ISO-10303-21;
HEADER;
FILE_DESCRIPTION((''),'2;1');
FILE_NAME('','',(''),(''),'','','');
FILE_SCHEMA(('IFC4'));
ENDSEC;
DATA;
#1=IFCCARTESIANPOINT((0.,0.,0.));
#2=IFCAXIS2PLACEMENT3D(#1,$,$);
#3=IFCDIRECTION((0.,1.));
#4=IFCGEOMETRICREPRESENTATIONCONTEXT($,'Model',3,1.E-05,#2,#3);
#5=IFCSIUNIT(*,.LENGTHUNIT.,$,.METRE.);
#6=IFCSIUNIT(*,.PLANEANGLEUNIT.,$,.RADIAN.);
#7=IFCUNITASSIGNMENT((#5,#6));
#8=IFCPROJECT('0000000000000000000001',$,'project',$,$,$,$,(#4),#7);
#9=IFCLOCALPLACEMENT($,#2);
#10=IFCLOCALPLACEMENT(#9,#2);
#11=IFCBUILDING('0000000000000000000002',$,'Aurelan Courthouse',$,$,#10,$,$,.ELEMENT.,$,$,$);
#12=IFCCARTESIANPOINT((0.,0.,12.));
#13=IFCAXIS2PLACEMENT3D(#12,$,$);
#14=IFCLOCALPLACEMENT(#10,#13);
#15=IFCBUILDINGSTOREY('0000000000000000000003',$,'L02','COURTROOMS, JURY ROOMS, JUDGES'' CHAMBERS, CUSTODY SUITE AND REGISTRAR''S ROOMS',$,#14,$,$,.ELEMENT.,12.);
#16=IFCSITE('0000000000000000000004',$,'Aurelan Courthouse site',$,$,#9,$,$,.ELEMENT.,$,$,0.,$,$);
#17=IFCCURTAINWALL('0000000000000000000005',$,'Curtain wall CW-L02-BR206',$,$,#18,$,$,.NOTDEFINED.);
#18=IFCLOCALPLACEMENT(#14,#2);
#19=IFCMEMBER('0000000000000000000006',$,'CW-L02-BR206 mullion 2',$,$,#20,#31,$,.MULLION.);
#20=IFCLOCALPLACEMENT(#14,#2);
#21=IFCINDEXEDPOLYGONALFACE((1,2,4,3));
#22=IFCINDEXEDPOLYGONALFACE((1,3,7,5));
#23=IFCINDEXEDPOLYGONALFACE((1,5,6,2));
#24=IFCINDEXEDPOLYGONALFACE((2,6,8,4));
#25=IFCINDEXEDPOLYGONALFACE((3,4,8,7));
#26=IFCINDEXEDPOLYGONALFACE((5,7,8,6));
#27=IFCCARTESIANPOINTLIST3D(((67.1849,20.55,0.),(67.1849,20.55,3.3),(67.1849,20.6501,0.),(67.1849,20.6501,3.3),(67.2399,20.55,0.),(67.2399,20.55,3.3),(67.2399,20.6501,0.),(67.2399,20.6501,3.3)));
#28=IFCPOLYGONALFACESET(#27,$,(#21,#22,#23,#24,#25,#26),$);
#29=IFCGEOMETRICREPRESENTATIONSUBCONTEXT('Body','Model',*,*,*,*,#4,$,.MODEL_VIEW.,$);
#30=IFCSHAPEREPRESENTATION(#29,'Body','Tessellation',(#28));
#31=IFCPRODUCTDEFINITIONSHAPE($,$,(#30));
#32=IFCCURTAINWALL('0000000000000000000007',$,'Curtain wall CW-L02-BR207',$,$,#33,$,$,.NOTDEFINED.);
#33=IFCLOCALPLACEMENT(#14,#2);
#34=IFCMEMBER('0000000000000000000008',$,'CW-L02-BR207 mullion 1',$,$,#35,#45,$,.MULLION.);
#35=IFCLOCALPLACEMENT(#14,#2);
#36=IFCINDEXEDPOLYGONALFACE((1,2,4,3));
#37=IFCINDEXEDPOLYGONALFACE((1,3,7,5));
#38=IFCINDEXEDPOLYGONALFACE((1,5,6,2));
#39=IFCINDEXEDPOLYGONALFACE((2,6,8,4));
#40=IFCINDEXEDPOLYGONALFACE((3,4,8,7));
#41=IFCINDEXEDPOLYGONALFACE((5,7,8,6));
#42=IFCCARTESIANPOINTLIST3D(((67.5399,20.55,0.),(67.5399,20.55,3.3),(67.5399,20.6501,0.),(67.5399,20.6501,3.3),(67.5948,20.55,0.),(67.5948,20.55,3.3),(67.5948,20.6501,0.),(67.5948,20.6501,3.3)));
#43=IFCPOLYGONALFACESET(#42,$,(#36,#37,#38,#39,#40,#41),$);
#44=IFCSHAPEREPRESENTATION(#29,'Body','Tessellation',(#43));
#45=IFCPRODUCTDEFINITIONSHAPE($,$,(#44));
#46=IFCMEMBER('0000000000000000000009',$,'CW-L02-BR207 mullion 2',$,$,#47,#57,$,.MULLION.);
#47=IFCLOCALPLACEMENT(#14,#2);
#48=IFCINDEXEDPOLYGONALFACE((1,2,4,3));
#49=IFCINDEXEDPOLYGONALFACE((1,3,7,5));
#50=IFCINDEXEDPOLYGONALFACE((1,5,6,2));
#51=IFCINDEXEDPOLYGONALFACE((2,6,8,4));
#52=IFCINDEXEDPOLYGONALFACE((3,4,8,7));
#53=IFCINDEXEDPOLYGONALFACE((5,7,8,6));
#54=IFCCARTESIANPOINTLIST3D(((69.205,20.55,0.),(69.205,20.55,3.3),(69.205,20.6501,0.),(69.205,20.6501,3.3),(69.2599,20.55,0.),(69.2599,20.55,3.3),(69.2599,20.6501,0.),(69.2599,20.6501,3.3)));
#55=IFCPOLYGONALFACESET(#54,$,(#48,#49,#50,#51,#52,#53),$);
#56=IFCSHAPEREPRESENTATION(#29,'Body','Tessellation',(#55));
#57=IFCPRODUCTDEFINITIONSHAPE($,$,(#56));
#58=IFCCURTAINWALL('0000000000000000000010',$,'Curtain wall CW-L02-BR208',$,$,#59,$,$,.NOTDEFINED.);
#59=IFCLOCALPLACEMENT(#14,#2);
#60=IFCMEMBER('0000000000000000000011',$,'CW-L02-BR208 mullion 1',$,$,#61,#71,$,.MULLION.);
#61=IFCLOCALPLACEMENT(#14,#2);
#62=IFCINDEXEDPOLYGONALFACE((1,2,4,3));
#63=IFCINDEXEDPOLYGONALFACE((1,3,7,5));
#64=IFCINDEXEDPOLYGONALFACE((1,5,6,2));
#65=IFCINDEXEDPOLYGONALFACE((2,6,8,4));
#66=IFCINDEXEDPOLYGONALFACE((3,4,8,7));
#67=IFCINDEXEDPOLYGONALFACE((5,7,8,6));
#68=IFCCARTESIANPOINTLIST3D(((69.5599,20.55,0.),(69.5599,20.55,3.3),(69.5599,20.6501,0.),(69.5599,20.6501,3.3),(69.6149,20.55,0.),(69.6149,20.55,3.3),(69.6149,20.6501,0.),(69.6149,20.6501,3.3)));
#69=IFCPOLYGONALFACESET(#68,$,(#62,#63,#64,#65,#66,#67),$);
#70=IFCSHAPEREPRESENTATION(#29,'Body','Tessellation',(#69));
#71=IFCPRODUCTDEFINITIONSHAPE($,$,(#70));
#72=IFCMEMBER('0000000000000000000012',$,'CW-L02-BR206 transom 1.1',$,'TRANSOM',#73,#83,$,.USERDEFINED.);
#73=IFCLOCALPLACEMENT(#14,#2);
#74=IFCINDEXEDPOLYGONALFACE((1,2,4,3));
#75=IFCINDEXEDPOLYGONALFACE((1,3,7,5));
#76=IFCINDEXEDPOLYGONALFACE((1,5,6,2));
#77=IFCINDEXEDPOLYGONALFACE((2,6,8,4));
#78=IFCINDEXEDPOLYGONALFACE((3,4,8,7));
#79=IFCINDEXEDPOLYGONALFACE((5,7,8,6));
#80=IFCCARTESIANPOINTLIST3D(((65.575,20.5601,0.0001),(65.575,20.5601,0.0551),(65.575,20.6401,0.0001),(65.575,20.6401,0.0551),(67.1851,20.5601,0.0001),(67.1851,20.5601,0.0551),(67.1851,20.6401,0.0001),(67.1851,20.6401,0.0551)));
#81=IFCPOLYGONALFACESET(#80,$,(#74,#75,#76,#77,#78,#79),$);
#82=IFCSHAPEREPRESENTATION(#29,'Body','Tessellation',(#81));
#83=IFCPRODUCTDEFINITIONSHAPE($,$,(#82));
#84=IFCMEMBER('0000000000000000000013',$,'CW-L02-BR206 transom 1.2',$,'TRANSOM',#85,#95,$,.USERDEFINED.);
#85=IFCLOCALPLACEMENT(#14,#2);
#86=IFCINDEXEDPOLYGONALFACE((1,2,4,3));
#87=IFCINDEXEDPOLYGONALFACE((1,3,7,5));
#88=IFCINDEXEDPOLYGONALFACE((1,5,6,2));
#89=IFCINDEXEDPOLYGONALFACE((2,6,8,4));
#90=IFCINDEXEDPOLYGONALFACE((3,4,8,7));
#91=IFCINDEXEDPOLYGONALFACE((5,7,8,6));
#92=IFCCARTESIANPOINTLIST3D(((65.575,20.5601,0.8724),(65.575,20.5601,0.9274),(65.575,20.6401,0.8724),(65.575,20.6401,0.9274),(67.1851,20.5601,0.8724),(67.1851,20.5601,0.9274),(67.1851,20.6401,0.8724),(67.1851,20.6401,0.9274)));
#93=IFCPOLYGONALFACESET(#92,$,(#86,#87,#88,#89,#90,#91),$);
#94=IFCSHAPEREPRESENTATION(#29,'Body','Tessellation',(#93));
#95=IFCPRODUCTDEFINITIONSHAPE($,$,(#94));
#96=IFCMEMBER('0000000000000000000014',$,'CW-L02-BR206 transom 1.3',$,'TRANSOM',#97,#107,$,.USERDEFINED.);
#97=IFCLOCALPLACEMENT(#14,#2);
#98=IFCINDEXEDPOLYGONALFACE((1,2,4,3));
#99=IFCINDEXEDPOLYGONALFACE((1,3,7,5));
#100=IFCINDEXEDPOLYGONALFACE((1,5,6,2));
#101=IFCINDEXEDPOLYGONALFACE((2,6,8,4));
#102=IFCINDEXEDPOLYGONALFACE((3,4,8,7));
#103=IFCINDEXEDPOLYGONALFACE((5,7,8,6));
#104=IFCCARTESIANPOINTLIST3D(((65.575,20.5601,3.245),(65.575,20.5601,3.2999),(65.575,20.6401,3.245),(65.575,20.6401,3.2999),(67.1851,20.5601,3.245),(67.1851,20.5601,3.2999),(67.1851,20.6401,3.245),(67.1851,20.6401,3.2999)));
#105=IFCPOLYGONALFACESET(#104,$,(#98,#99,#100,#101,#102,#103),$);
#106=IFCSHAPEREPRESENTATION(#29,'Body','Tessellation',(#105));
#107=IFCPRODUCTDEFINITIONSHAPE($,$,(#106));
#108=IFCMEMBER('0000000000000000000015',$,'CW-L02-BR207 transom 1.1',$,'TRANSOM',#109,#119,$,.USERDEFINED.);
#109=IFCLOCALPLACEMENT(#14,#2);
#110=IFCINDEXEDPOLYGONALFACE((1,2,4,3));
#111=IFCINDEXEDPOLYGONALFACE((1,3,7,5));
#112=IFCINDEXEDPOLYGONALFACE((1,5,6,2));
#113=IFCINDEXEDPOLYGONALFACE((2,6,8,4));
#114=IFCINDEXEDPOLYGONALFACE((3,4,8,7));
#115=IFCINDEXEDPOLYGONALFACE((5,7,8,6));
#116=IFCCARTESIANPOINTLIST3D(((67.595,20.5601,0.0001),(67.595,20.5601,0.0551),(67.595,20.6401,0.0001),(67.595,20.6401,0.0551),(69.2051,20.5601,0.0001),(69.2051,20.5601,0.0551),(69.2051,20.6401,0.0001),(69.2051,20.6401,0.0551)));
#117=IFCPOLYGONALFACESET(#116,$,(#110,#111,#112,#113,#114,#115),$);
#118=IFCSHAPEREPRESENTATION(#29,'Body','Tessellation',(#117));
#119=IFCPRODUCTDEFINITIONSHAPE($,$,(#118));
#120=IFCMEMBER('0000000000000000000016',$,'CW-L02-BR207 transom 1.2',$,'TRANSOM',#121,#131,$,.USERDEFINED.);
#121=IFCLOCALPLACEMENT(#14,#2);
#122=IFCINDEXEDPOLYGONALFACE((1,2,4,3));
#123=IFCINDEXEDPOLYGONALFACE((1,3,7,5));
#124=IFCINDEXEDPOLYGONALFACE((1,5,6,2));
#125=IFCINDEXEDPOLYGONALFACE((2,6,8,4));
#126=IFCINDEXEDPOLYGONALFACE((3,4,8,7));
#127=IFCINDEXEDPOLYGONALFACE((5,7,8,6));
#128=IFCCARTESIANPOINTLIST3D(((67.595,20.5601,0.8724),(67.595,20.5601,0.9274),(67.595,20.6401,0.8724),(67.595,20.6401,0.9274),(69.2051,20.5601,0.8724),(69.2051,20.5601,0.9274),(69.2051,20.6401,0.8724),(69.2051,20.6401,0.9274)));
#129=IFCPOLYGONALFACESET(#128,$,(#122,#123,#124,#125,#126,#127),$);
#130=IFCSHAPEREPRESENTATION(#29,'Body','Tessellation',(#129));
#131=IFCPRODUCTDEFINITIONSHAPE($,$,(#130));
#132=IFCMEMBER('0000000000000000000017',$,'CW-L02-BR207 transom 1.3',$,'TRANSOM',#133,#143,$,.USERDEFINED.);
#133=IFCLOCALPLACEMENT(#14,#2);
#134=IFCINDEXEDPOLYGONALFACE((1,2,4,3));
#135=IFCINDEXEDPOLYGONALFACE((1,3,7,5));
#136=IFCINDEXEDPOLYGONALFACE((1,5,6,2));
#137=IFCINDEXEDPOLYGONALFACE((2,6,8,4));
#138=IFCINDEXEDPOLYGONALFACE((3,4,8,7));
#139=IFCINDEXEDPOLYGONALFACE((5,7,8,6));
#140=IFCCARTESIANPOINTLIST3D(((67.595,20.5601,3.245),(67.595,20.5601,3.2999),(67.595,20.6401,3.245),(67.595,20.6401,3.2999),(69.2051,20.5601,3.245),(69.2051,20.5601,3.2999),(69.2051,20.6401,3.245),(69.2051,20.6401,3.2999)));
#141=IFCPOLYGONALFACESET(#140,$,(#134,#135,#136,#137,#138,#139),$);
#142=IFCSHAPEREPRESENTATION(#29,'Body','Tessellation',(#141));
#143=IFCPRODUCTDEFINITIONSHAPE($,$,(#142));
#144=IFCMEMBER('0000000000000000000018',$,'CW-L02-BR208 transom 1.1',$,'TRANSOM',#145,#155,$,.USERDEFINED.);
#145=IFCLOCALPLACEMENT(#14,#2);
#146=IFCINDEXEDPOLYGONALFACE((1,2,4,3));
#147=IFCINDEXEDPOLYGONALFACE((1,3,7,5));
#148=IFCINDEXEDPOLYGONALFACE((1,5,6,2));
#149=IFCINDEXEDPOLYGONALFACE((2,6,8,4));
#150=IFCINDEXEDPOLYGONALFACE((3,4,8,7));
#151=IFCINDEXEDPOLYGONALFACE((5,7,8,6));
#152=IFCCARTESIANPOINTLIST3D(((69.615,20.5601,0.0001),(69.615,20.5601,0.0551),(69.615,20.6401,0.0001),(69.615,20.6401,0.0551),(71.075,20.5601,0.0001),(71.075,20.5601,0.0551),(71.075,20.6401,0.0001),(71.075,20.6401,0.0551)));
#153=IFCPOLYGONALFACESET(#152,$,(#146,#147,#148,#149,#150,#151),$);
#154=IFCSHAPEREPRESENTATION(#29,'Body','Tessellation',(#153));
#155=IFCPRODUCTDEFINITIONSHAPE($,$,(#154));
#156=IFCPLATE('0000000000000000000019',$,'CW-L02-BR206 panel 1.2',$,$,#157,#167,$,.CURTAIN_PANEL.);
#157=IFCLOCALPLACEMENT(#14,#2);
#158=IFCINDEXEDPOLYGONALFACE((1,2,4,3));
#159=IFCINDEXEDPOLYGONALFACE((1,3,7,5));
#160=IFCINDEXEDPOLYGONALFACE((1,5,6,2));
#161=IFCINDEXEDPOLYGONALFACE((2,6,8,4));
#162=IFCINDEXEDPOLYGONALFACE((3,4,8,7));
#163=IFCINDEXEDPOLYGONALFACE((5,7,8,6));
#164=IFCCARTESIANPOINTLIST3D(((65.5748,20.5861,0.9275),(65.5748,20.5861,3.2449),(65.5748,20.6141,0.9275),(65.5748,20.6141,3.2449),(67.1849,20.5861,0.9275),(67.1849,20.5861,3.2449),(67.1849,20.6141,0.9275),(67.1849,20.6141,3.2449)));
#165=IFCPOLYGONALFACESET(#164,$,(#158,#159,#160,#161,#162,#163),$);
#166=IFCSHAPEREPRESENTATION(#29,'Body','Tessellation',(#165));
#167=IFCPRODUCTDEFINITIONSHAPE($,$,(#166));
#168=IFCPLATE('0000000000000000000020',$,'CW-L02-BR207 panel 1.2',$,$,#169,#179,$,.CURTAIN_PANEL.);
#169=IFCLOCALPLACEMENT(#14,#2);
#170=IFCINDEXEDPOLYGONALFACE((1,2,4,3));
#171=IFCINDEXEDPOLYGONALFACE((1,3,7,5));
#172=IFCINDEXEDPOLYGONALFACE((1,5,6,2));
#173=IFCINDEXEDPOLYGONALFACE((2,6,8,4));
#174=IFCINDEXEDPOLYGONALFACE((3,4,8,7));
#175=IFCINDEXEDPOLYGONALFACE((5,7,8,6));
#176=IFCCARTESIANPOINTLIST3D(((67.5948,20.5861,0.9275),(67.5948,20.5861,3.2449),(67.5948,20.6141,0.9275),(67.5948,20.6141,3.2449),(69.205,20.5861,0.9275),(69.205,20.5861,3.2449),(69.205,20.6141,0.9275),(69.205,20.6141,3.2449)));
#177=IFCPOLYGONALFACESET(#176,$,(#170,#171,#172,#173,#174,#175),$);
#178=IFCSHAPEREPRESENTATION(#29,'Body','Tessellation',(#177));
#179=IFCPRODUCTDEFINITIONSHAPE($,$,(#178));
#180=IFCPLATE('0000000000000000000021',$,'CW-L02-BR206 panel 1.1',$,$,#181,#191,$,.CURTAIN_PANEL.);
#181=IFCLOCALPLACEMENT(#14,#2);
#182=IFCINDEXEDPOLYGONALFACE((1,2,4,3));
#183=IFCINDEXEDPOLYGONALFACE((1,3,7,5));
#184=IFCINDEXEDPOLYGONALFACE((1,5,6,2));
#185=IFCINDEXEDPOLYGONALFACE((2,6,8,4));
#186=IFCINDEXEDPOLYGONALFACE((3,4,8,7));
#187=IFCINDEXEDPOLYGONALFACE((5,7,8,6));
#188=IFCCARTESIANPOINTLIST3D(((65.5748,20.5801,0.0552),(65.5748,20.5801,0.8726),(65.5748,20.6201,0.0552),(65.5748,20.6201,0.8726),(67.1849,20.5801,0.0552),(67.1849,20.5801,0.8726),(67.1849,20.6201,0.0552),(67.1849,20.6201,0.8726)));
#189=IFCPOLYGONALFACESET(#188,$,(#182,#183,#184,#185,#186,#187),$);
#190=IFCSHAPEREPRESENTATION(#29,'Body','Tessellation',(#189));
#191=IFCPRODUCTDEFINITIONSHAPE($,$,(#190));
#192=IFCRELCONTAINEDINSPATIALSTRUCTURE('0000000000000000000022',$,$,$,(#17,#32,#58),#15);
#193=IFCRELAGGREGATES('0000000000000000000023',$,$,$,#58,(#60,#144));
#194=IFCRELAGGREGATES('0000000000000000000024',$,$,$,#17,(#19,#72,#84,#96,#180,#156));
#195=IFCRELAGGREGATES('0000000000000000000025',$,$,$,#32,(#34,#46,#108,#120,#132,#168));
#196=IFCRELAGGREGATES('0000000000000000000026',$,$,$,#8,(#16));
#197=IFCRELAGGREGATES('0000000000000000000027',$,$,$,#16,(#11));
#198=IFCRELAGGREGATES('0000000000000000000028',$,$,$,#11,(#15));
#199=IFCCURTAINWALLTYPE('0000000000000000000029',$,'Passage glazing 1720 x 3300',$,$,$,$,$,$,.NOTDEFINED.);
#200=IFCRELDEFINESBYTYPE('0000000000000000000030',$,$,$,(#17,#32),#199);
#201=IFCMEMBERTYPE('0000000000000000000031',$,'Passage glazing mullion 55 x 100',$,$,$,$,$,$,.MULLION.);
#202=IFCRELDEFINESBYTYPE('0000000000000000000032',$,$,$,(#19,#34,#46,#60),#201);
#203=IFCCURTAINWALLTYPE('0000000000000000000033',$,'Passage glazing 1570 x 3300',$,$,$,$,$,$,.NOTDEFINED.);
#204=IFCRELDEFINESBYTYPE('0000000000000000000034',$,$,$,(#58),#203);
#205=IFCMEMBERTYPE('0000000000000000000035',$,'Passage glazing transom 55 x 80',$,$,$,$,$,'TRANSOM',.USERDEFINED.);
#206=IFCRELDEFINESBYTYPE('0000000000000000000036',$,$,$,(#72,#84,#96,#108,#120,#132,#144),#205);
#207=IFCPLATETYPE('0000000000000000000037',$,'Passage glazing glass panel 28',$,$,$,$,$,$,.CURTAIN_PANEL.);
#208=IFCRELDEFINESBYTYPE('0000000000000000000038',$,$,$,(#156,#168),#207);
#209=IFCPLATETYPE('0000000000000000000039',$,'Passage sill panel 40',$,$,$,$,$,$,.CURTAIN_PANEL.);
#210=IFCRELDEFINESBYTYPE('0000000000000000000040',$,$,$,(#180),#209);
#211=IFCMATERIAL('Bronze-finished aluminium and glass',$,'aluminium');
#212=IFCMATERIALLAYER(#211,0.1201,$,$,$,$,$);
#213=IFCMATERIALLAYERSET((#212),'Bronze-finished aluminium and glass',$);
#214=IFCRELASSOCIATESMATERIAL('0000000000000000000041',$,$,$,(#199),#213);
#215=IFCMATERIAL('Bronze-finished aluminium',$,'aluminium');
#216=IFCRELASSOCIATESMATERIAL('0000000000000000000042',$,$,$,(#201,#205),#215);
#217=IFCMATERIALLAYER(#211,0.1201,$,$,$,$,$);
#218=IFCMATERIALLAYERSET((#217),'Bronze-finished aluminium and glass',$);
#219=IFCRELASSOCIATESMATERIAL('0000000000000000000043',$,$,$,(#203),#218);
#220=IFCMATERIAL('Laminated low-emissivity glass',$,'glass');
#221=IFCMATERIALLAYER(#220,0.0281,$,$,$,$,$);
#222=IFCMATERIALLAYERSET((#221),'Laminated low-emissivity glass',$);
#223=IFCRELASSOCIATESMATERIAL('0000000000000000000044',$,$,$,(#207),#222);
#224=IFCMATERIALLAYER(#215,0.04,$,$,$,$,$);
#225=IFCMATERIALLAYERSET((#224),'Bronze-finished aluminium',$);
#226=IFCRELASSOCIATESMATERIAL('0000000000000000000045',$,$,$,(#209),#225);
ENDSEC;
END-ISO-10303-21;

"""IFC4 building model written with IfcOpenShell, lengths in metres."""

from ifc_helpers import new_model, si_unit, direction, frame, origin, origin_2d, place, context, subcontext, project, spatial, rectangle, extrude, material, layer, layer_set, material_profile, profile_set, type_object, element, aggregate, save


model = new_model("IFC4")

# Units and contexts
model_context = context("Model", 3, precision=1e-05, world=origin(), true_north=direction((0.0, 1.0)))
body_context = subcontext(model_context, "Body", "Model", "MODEL_VIEW")
ifc_project = project(units=[si_unit("LENGTHUNIT", "METRE"), si_unit("PLANEANGLEUNIT", "RADIAN")], contexts=[model_context])

# Site, building, storey
site_placement = place(None, origin())
site = spatial("IfcSite", under=ifc_project, at=site_placement, Name="Aurelan Courthouse site", CompositionType="ELEMENT", RefElevation=0.0)
building_placement = place(site_placement, origin())
building = spatial("IfcBuilding", under=site, at=building_placement, Name="Aurelan Courthouse", CompositionType="ELEMENT")
storey_placement = place(building_placement, frame((0.0, 0.0, 12.0)))
storey = spatial("IfcBuildingStorey", under=building, at=storey_placement, Name="L02", Description="COURTROOMS, JURY ROOMS, JUDGES' CHAMBERS, CUSTODY SUITE AND REGISTRAR'S ROOMS", CompositionType="ELEMENT", Elevation=12.0)

# Curtain wall, member
ifc_material_1 = material(Name="Bronze-finished aluminium and glass", Category="aluminium")
ifc_layer_1 = layer(ifc_material_1, 0.1201)
ifc_layer_set_1 = layer_set([ifc_layer_1], Name="Bronze-finished aluminium and glass")
curtain_wall_type_1 = type_object("IfcCurtainWallType", Name="Passage glazing 1720 x 3300", PredefinedType="NOTDEFINED", material=ifc_layer_set_1)
curtain_wall_1_placement = place(storey_placement, origin())
curtain_wall_1 = element("IfcCurtainWall", 1, at=curtain_wall_1_placement, inside=storey, type_object=curtain_wall_type_1, Name="Curtain wall CW-L02-BR206", PredefinedType="NOTDEFINED")
ifc_material_2 = material(Name="Bronze-finished aluminium", Category="aluminium")
ifc_material_profile_1 = material_profile(ifc_material_2, rectangle(XDim=0.1001, YDim=0.0549, at=origin_2d()), Name="Passage glazing mullion 55 x 100")
ifc_profile_set_1 = profile_set([ifc_material_profile_1], Name="Bronze-finished aluminium")
member_type_1 = type_object("IfcMemberType", Name="Passage glazing mullion 55 x 100", PredefinedType="MULLION", material=ifc_profile_set_1)
member_1_placement = place(storey_placement, frame((67.2124, 20.6001, 0.0), z_axis=(0.0, 0.0, 1.0), x_axis=(0.0, 1.0, 0.0)))
member_1 = element("IfcMember", 2, at=member_1_placement, type_object=member_type_1, Name="CW-L02-BR206 mullion 2", PredefinedType="MULLION", context=body_context, shape_type="SweptSolid", body=[
    extrude(rectangle(XDim=0.1001, YDim=0.0549, at=origin_2d()), origin(), (0.0, 0.0, 1.0), 3.3),
])

# Curtain wall, members
curtain_wall_2_placement = place(storey_placement, origin())
curtain_wall_2 = element("IfcCurtainWall", 3, at=curtain_wall_2_placement, inside=storey, type_object=curtain_wall_type_1, Name="Curtain wall CW-L02-BR207", PredefinedType="NOTDEFINED")
member_2_placement = place(storey_placement, frame((67.5674, 20.6001, 0.0), z_axis=(0.0, 0.0, 1.0), x_axis=(0.0, 1.0, 0.0)))
member_2 = element("IfcMember", 4, at=member_2_placement, type_object=member_type_1, Name="CW-L02-BR207 mullion 1", PredefinedType="MULLION", context=body_context, shape_type="SweptSolid", body=[
    extrude(rectangle(XDim=0.1001, YDim=0.0549, at=origin_2d()), origin(), (0.0, 0.0, 1.0), 3.3),
])
member_3_placement = place(storey_placement, frame((69.2324, 20.6001, 0.0), z_axis=(0.0, 0.0, 1.0), x_axis=(0.0, 1.0, 0.0)))
member_3 = element("IfcMember", 5, at=member_3_placement, type_object=member_type_1, Name="CW-L02-BR207 mullion 2", PredefinedType="MULLION", context=body_context, shape_type="SweptSolid", body=[
    extrude(rectangle(XDim=0.1001, YDim=0.0549, at=origin_2d()), origin(), (0.0, 0.0, 1.0), 3.3),
])

# Curtain wall, member
ifc_layer_2 = layer(ifc_material_1, 0.1201)
ifc_layer_set_2 = layer_set([ifc_layer_2], Name="Bronze-finished aluminium and glass")
curtain_wall_type_2 = type_object("IfcCurtainWallType", Name="Passage glazing 1570 x 3300", PredefinedType="NOTDEFINED", material=ifc_layer_set_2)
curtain_wall_3_placement = place(storey_placement, origin())
curtain_wall_3 = element("IfcCurtainWall", 6, at=curtain_wall_3_placement, inside=storey, type_object=curtain_wall_type_2, Name="Curtain wall CW-L02-BR208", PredefinedType="NOTDEFINED")
member_4_placement = place(storey_placement, frame((69.5874, 20.6001, 0.0), z_axis=(0.0, 0.0, 1.0), x_axis=(0.0, 1.0, 0.0)))
member_4 = element("IfcMember", 7, at=member_4_placement, type_object=member_type_1, Name="CW-L02-BR208 mullion 1", PredefinedType="MULLION", context=body_context, shape_type="SweptSolid", body=[
    extrude(rectangle(XDim=0.1001, YDim=0.0549, at=origin_2d()), origin(), (0.0, 0.0, 1.0), 3.3),
])

# Members
ifc_material_profile_2 = material_profile(ifc_material_2, rectangle(XDim=0.0801, YDim=0.0549, at=origin_2d()), Name="Passage glazing transom 55 x 80")
ifc_profile_set_2 = profile_set([ifc_material_profile_2], Name="Bronze-finished aluminium")
member_type_2 = type_object("IfcMemberType", Name="Passage glazing transom 55 x 80", ElementType="TRANSOM", PredefinedType="USERDEFINED", material=ifc_profile_set_2)
member_5_placement = place(storey_placement, frame((65.575, 20.6001, 0.0276), z_axis=(1.0, 0.0, 0.0), x_axis=(0.0, 1.0, 0.0)))
member_5 = element("IfcMember", 8, at=member_5_placement, type_object=member_type_2, Name="CW-L02-BR206 transom 1.1", ObjectType="TRANSOM", PredefinedType="USERDEFINED", context=body_context, shape_type="SweptSolid", body=[
    extrude(rectangle(XDim=0.0801, YDim=0.0549, at=origin_2d()), origin(), (0.0, 0.0, 1.0), 1.6101),
])
member_6_placement = place(storey_placement, frame((65.575, 20.6001, 0.8999), z_axis=(1.0, 0.0, 0.0), x_axis=(0.0, 1.0, 0.0)))
member_6 = element("IfcMember", 9, at=member_6_placement, type_object=member_type_2, Name="CW-L02-BR206 transom 1.2", ObjectType="TRANSOM", PredefinedType="USERDEFINED", context=body_context, shape_type="SweptSolid", body=[
    extrude(rectangle(XDim=0.0801, YDim=0.0549, at=origin_2d()), origin(), (0.0, 0.0, 1.0), 1.6101),
])
member_7_placement = place(storey_placement, frame((65.575, 20.6001, 3.2725), z_axis=(1.0, 0.0, 0.0), x_axis=(0.0, 1.0, 0.0)))
member_7 = element("IfcMember", 10, at=member_7_placement, type_object=member_type_2, Name="CW-L02-BR206 transom 1.3", ObjectType="TRANSOM", PredefinedType="USERDEFINED", context=body_context, shape_type="SweptSolid", body=[
    extrude(rectangle(XDim=0.0801, YDim=0.0549, at=origin_2d()), origin(), (0.0, 0.0, 1.0), 1.6101),
])
member_8_placement = place(storey_placement, frame((67.595, 20.6001, 0.0276), z_axis=(1.0, 0.0, 0.0), x_axis=(0.0, 1.0, 0.0)))
member_8 = element("IfcMember", 11, at=member_8_placement, type_object=member_type_2, Name="CW-L02-BR207 transom 1.1", ObjectType="TRANSOM", PredefinedType="USERDEFINED", context=body_context, shape_type="SweptSolid", body=[
    extrude(rectangle(XDim=0.0801, YDim=0.0549, at=origin_2d()), origin(), (0.0, 0.0, 1.0), 1.6101),
])
member_9_placement = place(storey_placement, frame((67.595, 20.6001, 0.8999), z_axis=(1.0, 0.0, 0.0), x_axis=(0.0, 1.0, 0.0)))
member_9 = element("IfcMember", 12, at=member_9_placement, type_object=member_type_2, Name="CW-L02-BR207 transom 1.2", ObjectType="TRANSOM", PredefinedType="USERDEFINED", context=body_context, shape_type="SweptSolid", body=[
    extrude(rectangle(XDim=0.0801, YDim=0.0549, at=origin_2d()), origin(), (0.0, 0.0, 1.0), 1.6101),
])
member_10_placement = place(storey_placement, frame((67.595, 20.6001, 3.2725), z_axis=(1.0, 0.0, 0.0), x_axis=(0.0, 1.0, 0.0)))
member_10 = element("IfcMember", 13, at=member_10_placement, type_object=member_type_2, Name="CW-L02-BR207 transom 1.3", ObjectType="TRANSOM", PredefinedType="USERDEFINED", context=body_context, shape_type="SweptSolid", body=[
    extrude(rectangle(XDim=0.0801, YDim=0.0549, at=origin_2d()), origin(), (0.0, 0.0, 1.0), 1.6101),
])
member_11_placement = place(storey_placement, frame((69.615, 20.6001, 0.0276), z_axis=(1.0, 0.0, 0.0), x_axis=(0.0, 1.0, 0.0)))
member_11 = element("IfcMember", 14, at=member_11_placement, type_object=member_type_2, Name="CW-L02-BR208 transom 1.1", ObjectType="TRANSOM", PredefinedType="USERDEFINED", context=body_context, shape_type="SweptSolid", body=[
    extrude(rectangle(XDim=0.0801, YDim=0.0549, at=origin_2d()), origin(), (0.0, 0.0, 1.0), 1.46),
])
aggregate(curtain_wall_3, [member_4, member_11])

# Plates
ifc_material_3 = material(Name="Laminated low-emissivity glass", Category="glass")
ifc_layer_3 = layer(ifc_material_3, 0.0281)
ifc_layer_set_3 = layer_set([ifc_layer_3], Name="Laminated low-emissivity glass")
plate_type_1 = type_object("IfcPlateType", Name="Passage glazing glass panel 28", PredefinedType="CURTAIN_PANEL", material=ifc_layer_set_3)
plate_1_placement = place(storey_placement, frame((66.3799, 20.6001, 0.9275), z_axis=(0.0, 0.0, 1.0), x_axis=(1.0, 0.0, 0.0)))
plate_1 = element("IfcPlate", 15, at=plate_1_placement, type_object=plate_type_1, Name="CW-L02-BR206 panel 1.2", PredefinedType="CURTAIN_PANEL", context=body_context, shape_type="SweptSolid", body=[
    extrude(rectangle(XDim=1.6101, YDim=0.0281, at=origin_2d()), origin(), (0.0, 0.0, 1.0), 2.3174),
])
plate_2_placement = place(storey_placement, frame((68.3999, 20.6001, 0.9275), z_axis=(0.0, 0.0, 1.0), x_axis=(1.0, 0.0, 0.0)))
plate_2 = element("IfcPlate", 16, at=plate_2_placement, type_object=plate_type_1, Name="CW-L02-BR207 panel 1.2", PredefinedType="CURTAIN_PANEL", context=body_context, shape_type="SweptSolid", body=[
    extrude(rectangle(XDim=1.6101, YDim=0.0281, at=origin_2d()), origin(), (0.0, 0.0, 1.0), 2.3174),
])
ifc_layer_4 = layer(ifc_material_2, 0.04)
ifc_layer_set_4 = layer_set([ifc_layer_4], Name="Bronze-finished aluminium")
plate_type_2 = type_object("IfcPlateType", Name="Passage sill panel 40", PredefinedType="CURTAIN_PANEL", material=ifc_layer_set_4)
plate_3_placement = place(storey_placement, frame((66.3799, 20.6001, 0.0552), z_axis=(0.0, 0.0, 1.0), x_axis=(1.0, 0.0, 0.0)))
plate_3 = element("IfcPlate", 17, at=plate_3_placement, type_object=plate_type_2, Name="CW-L02-BR206 panel 1.1", PredefinedType="CURTAIN_PANEL", context=body_context, shape_type="SweptSolid", body=[
    extrude(rectangle(XDim=1.6101, YDim=0.04, at=origin_2d()), origin(), (0.0, 0.0, 1.0), 0.8174),
])
aggregate(curtain_wall_1, [member_1, member_5, member_6, member_7, plate_3, plate_1])
aggregate(curtain_wall_2, [member_2, member_3, member_8, member_9, member_10, plate_2])

save(model, "model.ifc")
